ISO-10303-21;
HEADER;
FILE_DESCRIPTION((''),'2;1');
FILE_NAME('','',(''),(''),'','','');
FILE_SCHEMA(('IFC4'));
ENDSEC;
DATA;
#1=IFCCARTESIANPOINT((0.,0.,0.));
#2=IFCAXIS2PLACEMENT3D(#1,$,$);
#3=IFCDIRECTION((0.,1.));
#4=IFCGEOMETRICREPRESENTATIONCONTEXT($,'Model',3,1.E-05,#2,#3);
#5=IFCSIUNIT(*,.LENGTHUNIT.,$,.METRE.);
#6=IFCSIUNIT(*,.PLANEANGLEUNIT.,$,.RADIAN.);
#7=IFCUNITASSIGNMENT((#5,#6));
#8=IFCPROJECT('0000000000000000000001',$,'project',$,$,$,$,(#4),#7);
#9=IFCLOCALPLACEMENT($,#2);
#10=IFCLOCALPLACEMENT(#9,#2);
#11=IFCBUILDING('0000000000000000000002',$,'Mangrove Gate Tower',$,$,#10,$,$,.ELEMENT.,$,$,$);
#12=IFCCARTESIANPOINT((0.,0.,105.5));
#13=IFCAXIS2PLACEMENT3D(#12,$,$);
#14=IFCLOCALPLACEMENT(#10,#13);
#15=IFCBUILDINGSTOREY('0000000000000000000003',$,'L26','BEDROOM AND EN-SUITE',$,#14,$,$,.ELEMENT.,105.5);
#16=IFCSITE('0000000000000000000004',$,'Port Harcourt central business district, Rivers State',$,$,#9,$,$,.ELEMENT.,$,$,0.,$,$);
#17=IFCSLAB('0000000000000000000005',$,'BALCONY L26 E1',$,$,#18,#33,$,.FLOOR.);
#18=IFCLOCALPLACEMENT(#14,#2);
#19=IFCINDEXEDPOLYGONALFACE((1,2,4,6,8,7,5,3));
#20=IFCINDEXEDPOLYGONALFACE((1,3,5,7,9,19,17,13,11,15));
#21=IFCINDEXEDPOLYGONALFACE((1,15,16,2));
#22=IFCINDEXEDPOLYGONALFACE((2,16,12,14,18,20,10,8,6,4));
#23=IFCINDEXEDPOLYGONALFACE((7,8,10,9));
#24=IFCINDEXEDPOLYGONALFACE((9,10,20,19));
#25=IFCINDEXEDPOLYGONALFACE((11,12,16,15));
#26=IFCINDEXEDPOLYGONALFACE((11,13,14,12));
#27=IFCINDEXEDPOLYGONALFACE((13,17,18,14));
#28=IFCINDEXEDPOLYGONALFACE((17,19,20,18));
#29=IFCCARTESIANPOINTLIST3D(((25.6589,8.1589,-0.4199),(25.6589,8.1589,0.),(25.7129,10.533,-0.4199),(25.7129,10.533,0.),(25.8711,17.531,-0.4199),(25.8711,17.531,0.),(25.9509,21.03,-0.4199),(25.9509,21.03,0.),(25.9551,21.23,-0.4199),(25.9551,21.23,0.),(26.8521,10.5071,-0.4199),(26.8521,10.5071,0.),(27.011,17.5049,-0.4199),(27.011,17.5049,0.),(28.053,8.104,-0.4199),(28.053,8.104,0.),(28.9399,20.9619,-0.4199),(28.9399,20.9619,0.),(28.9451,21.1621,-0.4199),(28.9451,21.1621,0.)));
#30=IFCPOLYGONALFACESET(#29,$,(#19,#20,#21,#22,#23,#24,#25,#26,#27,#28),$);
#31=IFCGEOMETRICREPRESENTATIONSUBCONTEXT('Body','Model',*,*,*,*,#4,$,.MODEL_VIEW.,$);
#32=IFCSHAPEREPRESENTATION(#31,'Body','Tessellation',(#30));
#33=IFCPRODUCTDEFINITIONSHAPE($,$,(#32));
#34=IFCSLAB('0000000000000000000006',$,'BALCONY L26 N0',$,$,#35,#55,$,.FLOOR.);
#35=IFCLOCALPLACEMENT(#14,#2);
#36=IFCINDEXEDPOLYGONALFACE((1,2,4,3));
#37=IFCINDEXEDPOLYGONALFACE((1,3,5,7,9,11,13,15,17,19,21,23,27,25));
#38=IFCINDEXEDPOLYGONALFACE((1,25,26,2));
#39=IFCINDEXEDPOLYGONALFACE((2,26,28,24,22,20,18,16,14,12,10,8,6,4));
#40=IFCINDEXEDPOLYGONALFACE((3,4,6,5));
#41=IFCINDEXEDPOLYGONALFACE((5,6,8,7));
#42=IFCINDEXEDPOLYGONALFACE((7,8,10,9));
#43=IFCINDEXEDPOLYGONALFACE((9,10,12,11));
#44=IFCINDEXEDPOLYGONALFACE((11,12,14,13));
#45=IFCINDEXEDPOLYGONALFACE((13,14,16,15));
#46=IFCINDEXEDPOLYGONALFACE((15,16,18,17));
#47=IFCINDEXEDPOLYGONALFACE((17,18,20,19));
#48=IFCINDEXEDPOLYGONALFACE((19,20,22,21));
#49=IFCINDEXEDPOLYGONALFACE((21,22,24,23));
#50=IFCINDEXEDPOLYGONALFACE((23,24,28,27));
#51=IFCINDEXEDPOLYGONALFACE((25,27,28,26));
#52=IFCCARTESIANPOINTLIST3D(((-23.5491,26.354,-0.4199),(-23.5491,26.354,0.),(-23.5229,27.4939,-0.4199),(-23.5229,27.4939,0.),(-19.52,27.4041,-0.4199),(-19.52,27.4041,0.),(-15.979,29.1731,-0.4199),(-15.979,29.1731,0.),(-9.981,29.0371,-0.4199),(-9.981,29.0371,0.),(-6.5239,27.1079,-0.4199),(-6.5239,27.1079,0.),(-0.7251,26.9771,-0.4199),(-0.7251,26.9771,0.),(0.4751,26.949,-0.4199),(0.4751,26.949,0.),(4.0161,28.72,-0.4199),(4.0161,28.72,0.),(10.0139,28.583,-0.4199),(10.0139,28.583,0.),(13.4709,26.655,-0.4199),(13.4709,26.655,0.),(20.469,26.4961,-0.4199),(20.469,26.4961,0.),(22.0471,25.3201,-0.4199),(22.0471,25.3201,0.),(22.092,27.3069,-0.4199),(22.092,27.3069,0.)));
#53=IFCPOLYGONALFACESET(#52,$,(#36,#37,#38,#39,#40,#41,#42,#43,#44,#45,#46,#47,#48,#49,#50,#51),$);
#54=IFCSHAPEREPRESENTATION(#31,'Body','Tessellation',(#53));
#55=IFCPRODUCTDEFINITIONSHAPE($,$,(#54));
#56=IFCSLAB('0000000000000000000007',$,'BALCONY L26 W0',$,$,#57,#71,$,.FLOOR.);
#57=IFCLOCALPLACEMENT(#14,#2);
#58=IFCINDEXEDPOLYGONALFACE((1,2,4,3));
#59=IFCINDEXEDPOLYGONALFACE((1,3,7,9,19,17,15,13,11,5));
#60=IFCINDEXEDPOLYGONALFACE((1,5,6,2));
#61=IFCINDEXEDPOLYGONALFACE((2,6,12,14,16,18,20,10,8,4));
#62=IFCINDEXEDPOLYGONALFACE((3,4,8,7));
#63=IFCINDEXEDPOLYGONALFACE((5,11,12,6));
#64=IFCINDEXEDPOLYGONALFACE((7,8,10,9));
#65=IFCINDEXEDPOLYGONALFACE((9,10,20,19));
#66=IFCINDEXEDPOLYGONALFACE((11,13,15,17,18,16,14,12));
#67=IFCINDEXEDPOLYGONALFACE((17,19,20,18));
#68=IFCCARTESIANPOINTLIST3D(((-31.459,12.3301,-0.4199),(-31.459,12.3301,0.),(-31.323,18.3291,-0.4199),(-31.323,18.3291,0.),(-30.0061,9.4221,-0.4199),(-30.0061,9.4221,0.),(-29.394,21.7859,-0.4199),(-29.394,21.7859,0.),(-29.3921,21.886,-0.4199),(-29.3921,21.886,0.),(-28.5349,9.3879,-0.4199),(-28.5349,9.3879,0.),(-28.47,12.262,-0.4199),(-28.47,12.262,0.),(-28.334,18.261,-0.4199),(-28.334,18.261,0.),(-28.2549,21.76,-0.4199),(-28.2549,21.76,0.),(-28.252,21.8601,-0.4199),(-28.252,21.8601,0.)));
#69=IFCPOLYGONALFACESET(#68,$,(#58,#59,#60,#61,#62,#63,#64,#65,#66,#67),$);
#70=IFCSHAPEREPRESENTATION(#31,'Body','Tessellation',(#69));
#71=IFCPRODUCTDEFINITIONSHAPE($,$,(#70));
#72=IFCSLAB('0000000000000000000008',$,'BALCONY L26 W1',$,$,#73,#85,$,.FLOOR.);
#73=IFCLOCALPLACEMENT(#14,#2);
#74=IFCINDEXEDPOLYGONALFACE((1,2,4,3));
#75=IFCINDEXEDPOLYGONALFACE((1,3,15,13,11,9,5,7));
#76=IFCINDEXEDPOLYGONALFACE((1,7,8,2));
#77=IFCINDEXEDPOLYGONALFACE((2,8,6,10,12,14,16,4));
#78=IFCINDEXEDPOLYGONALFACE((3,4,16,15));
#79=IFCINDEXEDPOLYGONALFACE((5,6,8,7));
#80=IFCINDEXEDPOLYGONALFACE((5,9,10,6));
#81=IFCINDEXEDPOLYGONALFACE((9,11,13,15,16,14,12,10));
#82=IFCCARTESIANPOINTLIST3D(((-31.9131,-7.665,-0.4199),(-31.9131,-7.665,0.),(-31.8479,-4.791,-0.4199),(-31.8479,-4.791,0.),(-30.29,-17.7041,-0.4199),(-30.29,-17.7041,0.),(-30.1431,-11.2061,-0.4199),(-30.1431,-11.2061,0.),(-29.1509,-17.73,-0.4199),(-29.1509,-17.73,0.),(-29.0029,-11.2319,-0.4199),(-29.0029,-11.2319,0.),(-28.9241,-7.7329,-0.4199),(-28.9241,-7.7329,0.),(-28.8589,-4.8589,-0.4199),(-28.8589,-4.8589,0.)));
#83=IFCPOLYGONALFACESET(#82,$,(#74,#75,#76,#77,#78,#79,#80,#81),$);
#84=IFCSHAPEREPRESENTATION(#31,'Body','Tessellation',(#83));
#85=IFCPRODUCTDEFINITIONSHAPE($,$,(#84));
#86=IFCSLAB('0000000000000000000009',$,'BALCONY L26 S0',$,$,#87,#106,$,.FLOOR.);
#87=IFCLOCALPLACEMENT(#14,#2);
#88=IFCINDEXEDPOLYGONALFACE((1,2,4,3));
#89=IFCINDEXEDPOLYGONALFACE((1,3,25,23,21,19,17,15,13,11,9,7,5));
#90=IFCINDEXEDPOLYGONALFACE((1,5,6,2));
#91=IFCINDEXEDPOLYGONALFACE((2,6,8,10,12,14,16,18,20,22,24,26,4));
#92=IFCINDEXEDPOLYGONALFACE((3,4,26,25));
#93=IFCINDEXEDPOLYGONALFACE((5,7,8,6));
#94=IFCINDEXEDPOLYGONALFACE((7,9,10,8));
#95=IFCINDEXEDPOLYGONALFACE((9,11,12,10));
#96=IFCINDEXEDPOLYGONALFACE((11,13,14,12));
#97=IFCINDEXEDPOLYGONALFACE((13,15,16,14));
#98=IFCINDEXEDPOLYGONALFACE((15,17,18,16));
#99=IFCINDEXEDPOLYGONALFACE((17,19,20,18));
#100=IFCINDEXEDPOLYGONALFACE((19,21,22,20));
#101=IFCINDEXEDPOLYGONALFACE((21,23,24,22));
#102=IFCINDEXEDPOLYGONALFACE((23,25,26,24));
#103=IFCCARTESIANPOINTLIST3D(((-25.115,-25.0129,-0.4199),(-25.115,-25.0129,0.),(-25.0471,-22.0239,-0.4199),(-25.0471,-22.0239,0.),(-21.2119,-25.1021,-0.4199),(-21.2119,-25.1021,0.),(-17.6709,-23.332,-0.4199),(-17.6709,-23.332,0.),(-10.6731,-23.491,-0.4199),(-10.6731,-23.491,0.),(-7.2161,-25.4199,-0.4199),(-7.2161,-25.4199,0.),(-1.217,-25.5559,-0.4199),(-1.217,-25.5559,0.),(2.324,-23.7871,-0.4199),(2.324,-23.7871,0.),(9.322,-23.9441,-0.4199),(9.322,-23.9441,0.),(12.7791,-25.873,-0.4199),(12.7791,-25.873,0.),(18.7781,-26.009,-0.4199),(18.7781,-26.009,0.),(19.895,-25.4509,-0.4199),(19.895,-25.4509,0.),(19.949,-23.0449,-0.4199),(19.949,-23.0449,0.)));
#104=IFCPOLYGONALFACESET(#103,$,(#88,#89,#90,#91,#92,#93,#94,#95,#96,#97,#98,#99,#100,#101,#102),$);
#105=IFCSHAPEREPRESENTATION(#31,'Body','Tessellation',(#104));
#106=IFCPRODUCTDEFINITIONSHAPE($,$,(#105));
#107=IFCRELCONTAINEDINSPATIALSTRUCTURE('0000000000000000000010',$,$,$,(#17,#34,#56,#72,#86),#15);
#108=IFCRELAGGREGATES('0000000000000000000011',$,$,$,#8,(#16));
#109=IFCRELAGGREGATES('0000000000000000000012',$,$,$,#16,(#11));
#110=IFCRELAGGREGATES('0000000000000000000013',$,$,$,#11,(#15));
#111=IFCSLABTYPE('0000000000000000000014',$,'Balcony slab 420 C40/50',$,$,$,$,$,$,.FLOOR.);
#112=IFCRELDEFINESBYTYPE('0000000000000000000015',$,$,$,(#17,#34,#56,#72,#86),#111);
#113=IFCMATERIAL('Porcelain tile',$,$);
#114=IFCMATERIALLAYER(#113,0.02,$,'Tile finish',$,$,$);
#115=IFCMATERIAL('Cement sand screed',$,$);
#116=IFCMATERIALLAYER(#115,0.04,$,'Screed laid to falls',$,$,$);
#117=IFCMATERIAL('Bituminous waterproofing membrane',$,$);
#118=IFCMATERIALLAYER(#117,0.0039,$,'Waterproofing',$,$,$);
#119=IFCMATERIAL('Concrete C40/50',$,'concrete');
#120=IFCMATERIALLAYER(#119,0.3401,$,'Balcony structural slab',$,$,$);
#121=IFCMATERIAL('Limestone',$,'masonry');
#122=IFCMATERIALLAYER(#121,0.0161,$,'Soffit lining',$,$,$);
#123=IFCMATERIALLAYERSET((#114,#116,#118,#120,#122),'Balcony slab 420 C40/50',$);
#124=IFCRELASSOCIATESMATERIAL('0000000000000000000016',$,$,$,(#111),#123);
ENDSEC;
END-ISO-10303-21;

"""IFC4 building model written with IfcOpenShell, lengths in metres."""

from ifc_helpers import new_model, si_unit, direction, frame, origin, place, context, subcontext, project, spatial, polyline, outline, extrude, material, layer, layer_set, type_object, element, save


model = new_model("IFC4")

# Units and contexts
model_context = context("Model", 3, precision=1e-05, world=origin(), true_north=direction((0.0, 1.0)))
body_context = subcontext(model_context, "Body", "Model", "MODEL_VIEW")
ifc_project = project(units=[si_unit("LENGTHUNIT", "METRE"), si_unit("PLANEANGLEUNIT", "RADIAN")], contexts=[model_context])

# Site, building, storey
site_placement = place(None, origin())
site = spatial("IfcSite", under=ifc_project, at=site_placement, Name="Port Harcourt central business district, Rivers State", CompositionType="ELEMENT", RefElevation=0.0)
building_placement = place(site_placement, origin())
building = spatial("IfcBuilding", under=site, at=building_placement, Name="Mangrove Gate Tower", CompositionType="ELEMENT")
storey_placement = place(building_placement, frame((0.0, 0.0, 105.5)))
storey = spatial("IfcBuildingStorey", under=building, at=storey_placement, Name="L26", Description="BEDROOM AND EN-SUITE", CompositionType="ELEMENT", Elevation=105.5)

# Slabs
ifc_material_1 = material(Name="Porcelain tile")
ifc_layer_1 = layer(ifc_material_1, 0.02, Name="Tile finish")
ifc_material_2 = material(Name="Cement sand screed")
ifc_layer_2 = layer(ifc_material_2, 0.04, Name="Screed laid to falls")
ifc_material_3 = material(Name="Bituminous waterproofing membrane")
ifc_layer_3 = layer(ifc_material_3, 0.0039, Name="Waterproofing")
ifc_material_4 = material(Name="Concrete C40/50", Category="concrete")
ifc_layer_4 = layer(ifc_material_4, 0.3401, Name="Balcony structural slab")
ifc_material_5 = material(Name="Limestone", Category="masonry")
ifc_layer_5 = layer(ifc_material_5, 0.0161, Name="Soffit lining")
ifc_layer_set_1 = layer_set([ifc_layer_1, ifc_layer_2, ifc_layer_3, ifc_layer_4, ifc_layer_5], Name="Balcony slab 420 C40/50")
slab_type_1 = type_object("IfcSlabType", Name="Balcony slab 420 C40/50", PredefinedType="FLOOR", material=ifc_layer_set_1)
slab_1_placement = place(storey_placement, frame((0.0, 0.0, -0.4199)))
element("IfcSlab", 1, at=slab_1_placement, inside=storey, type_object=slab_type_1, Name="BALCONY L26 E1", PredefinedType="FLOOR", context=body_context, shape_type="SweptSolid", body=[
    extrude(outline(polyline([(28.053, 8.104), (26.8521, 10.5071), (27.011, 17.5049), (28.9399, 20.9619), (28.9451, 21.1621), (25.9551, 21.23), (25.9509, 21.03), (25.8711, 17.531), (25.7129, 10.533), (25.6589, 8.1589), (28.053, 8.104)])), origin(), (0.0, 0.0, 1.0), 0.4199),
])
slab_2_placement = place(storey_placement, frame((0.0, 0.0, -0.4199)))
element("IfcSlab", 2, at=slab_2_placement, inside=storey, type_object=slab_type_1, Name="BALCONY L26 N0", PredefinedType="FLOOR", context=body_context, shape_type="SweptSolid", body=[
    extrude(outline(polyline([(22.092, 27.3069), (20.469, 26.4961), (13.4709, 26.655), (10.0139, 28.583), (4.0161, 28.72), (0.4751, 26.949), (-0.7251, 26.9771), (-6.5239, 27.1079), (-9.981, 29.0371), (-15.979, 29.1731), (-19.52, 27.4041), (-23.5229, 27.4939), (-23.5491, 26.354), (22.0471, 25.3201), (22.092, 27.3069)])), origin(), (0.0, 0.0, 1.0), 0.4199),
])
slab_3_placement = place(storey_placement, frame((0.0, 0.0, -0.4199)))
element("IfcSlab", 3, at=slab_3_placement, inside=storey, type_object=slab_type_1, Name="BALCONY L26 W0", PredefinedType="FLOOR", context=body_context, shape_type="SweptSolid", body=[
    extrude(outline(polyline([(-29.3921, 21.886), (-29.394, 21.7859), (-31.323, 18.3291), (-31.459, 12.3301), (-30.0061, 9.4221), (-28.5349, 9.3879), (-28.47, 12.262), (-28.334, 18.261), (-28.2549, 21.76), (-28.252, 21.8601), (-29.3921, 21.886)])), origin(), (0.0, 0.0, 1.0), 0.4199),
])
slab_4_placement = place(storey_placement, frame((0.0, 0.0, -0.4199)))
element("IfcSlab", 4, at=slab_4_placement, inside=storey, type_object=slab_type_1, Name="BALCONY L26 W1", PredefinedType="FLOOR", context=body_context, shape_type="SweptSolid", body=[
    extrude(outline(polyline([(-31.8479, -4.791), (-31.9131, -7.665), (-30.1431, -11.2061), (-30.29, -17.7041), (-29.1509, -17.73), (-29.0029, -11.2319), (-28.9241, -7.7329), (-28.8589, -4.8589), (-31.8479, -4.791)])), origin(), (0.0, 0.0, 1.0), 0.4199),
])
slab_5_placement = place(storey_placement, frame((0.0, 0.0, -0.4199)))
element("IfcSlab", 5, at=slab_5_placement, inside=storey, type_object=slab_type_1, Name="BALCONY L26 S0", PredefinedType="FLOOR", context=body_context, shape_type="SweptSolid", body=[
    extrude(outline(polyline([(-25.115, -25.0129), (-21.2119, -25.1021), (-17.6709, -23.332), (-10.6731, -23.491), (-7.2161, -25.4199), (-1.217, -25.5559), (2.324, -23.7871), (9.322, -23.9441), (12.7791, -25.873), (18.7781, -26.009), (19.895, -25.4509), (19.949, -23.0449), (-25.0471, -22.0239), (-25.115, -25.0129)])), origin(), (0.0, 0.0, 1.0), 0.4199),
])

save(model, "model.ifc")
